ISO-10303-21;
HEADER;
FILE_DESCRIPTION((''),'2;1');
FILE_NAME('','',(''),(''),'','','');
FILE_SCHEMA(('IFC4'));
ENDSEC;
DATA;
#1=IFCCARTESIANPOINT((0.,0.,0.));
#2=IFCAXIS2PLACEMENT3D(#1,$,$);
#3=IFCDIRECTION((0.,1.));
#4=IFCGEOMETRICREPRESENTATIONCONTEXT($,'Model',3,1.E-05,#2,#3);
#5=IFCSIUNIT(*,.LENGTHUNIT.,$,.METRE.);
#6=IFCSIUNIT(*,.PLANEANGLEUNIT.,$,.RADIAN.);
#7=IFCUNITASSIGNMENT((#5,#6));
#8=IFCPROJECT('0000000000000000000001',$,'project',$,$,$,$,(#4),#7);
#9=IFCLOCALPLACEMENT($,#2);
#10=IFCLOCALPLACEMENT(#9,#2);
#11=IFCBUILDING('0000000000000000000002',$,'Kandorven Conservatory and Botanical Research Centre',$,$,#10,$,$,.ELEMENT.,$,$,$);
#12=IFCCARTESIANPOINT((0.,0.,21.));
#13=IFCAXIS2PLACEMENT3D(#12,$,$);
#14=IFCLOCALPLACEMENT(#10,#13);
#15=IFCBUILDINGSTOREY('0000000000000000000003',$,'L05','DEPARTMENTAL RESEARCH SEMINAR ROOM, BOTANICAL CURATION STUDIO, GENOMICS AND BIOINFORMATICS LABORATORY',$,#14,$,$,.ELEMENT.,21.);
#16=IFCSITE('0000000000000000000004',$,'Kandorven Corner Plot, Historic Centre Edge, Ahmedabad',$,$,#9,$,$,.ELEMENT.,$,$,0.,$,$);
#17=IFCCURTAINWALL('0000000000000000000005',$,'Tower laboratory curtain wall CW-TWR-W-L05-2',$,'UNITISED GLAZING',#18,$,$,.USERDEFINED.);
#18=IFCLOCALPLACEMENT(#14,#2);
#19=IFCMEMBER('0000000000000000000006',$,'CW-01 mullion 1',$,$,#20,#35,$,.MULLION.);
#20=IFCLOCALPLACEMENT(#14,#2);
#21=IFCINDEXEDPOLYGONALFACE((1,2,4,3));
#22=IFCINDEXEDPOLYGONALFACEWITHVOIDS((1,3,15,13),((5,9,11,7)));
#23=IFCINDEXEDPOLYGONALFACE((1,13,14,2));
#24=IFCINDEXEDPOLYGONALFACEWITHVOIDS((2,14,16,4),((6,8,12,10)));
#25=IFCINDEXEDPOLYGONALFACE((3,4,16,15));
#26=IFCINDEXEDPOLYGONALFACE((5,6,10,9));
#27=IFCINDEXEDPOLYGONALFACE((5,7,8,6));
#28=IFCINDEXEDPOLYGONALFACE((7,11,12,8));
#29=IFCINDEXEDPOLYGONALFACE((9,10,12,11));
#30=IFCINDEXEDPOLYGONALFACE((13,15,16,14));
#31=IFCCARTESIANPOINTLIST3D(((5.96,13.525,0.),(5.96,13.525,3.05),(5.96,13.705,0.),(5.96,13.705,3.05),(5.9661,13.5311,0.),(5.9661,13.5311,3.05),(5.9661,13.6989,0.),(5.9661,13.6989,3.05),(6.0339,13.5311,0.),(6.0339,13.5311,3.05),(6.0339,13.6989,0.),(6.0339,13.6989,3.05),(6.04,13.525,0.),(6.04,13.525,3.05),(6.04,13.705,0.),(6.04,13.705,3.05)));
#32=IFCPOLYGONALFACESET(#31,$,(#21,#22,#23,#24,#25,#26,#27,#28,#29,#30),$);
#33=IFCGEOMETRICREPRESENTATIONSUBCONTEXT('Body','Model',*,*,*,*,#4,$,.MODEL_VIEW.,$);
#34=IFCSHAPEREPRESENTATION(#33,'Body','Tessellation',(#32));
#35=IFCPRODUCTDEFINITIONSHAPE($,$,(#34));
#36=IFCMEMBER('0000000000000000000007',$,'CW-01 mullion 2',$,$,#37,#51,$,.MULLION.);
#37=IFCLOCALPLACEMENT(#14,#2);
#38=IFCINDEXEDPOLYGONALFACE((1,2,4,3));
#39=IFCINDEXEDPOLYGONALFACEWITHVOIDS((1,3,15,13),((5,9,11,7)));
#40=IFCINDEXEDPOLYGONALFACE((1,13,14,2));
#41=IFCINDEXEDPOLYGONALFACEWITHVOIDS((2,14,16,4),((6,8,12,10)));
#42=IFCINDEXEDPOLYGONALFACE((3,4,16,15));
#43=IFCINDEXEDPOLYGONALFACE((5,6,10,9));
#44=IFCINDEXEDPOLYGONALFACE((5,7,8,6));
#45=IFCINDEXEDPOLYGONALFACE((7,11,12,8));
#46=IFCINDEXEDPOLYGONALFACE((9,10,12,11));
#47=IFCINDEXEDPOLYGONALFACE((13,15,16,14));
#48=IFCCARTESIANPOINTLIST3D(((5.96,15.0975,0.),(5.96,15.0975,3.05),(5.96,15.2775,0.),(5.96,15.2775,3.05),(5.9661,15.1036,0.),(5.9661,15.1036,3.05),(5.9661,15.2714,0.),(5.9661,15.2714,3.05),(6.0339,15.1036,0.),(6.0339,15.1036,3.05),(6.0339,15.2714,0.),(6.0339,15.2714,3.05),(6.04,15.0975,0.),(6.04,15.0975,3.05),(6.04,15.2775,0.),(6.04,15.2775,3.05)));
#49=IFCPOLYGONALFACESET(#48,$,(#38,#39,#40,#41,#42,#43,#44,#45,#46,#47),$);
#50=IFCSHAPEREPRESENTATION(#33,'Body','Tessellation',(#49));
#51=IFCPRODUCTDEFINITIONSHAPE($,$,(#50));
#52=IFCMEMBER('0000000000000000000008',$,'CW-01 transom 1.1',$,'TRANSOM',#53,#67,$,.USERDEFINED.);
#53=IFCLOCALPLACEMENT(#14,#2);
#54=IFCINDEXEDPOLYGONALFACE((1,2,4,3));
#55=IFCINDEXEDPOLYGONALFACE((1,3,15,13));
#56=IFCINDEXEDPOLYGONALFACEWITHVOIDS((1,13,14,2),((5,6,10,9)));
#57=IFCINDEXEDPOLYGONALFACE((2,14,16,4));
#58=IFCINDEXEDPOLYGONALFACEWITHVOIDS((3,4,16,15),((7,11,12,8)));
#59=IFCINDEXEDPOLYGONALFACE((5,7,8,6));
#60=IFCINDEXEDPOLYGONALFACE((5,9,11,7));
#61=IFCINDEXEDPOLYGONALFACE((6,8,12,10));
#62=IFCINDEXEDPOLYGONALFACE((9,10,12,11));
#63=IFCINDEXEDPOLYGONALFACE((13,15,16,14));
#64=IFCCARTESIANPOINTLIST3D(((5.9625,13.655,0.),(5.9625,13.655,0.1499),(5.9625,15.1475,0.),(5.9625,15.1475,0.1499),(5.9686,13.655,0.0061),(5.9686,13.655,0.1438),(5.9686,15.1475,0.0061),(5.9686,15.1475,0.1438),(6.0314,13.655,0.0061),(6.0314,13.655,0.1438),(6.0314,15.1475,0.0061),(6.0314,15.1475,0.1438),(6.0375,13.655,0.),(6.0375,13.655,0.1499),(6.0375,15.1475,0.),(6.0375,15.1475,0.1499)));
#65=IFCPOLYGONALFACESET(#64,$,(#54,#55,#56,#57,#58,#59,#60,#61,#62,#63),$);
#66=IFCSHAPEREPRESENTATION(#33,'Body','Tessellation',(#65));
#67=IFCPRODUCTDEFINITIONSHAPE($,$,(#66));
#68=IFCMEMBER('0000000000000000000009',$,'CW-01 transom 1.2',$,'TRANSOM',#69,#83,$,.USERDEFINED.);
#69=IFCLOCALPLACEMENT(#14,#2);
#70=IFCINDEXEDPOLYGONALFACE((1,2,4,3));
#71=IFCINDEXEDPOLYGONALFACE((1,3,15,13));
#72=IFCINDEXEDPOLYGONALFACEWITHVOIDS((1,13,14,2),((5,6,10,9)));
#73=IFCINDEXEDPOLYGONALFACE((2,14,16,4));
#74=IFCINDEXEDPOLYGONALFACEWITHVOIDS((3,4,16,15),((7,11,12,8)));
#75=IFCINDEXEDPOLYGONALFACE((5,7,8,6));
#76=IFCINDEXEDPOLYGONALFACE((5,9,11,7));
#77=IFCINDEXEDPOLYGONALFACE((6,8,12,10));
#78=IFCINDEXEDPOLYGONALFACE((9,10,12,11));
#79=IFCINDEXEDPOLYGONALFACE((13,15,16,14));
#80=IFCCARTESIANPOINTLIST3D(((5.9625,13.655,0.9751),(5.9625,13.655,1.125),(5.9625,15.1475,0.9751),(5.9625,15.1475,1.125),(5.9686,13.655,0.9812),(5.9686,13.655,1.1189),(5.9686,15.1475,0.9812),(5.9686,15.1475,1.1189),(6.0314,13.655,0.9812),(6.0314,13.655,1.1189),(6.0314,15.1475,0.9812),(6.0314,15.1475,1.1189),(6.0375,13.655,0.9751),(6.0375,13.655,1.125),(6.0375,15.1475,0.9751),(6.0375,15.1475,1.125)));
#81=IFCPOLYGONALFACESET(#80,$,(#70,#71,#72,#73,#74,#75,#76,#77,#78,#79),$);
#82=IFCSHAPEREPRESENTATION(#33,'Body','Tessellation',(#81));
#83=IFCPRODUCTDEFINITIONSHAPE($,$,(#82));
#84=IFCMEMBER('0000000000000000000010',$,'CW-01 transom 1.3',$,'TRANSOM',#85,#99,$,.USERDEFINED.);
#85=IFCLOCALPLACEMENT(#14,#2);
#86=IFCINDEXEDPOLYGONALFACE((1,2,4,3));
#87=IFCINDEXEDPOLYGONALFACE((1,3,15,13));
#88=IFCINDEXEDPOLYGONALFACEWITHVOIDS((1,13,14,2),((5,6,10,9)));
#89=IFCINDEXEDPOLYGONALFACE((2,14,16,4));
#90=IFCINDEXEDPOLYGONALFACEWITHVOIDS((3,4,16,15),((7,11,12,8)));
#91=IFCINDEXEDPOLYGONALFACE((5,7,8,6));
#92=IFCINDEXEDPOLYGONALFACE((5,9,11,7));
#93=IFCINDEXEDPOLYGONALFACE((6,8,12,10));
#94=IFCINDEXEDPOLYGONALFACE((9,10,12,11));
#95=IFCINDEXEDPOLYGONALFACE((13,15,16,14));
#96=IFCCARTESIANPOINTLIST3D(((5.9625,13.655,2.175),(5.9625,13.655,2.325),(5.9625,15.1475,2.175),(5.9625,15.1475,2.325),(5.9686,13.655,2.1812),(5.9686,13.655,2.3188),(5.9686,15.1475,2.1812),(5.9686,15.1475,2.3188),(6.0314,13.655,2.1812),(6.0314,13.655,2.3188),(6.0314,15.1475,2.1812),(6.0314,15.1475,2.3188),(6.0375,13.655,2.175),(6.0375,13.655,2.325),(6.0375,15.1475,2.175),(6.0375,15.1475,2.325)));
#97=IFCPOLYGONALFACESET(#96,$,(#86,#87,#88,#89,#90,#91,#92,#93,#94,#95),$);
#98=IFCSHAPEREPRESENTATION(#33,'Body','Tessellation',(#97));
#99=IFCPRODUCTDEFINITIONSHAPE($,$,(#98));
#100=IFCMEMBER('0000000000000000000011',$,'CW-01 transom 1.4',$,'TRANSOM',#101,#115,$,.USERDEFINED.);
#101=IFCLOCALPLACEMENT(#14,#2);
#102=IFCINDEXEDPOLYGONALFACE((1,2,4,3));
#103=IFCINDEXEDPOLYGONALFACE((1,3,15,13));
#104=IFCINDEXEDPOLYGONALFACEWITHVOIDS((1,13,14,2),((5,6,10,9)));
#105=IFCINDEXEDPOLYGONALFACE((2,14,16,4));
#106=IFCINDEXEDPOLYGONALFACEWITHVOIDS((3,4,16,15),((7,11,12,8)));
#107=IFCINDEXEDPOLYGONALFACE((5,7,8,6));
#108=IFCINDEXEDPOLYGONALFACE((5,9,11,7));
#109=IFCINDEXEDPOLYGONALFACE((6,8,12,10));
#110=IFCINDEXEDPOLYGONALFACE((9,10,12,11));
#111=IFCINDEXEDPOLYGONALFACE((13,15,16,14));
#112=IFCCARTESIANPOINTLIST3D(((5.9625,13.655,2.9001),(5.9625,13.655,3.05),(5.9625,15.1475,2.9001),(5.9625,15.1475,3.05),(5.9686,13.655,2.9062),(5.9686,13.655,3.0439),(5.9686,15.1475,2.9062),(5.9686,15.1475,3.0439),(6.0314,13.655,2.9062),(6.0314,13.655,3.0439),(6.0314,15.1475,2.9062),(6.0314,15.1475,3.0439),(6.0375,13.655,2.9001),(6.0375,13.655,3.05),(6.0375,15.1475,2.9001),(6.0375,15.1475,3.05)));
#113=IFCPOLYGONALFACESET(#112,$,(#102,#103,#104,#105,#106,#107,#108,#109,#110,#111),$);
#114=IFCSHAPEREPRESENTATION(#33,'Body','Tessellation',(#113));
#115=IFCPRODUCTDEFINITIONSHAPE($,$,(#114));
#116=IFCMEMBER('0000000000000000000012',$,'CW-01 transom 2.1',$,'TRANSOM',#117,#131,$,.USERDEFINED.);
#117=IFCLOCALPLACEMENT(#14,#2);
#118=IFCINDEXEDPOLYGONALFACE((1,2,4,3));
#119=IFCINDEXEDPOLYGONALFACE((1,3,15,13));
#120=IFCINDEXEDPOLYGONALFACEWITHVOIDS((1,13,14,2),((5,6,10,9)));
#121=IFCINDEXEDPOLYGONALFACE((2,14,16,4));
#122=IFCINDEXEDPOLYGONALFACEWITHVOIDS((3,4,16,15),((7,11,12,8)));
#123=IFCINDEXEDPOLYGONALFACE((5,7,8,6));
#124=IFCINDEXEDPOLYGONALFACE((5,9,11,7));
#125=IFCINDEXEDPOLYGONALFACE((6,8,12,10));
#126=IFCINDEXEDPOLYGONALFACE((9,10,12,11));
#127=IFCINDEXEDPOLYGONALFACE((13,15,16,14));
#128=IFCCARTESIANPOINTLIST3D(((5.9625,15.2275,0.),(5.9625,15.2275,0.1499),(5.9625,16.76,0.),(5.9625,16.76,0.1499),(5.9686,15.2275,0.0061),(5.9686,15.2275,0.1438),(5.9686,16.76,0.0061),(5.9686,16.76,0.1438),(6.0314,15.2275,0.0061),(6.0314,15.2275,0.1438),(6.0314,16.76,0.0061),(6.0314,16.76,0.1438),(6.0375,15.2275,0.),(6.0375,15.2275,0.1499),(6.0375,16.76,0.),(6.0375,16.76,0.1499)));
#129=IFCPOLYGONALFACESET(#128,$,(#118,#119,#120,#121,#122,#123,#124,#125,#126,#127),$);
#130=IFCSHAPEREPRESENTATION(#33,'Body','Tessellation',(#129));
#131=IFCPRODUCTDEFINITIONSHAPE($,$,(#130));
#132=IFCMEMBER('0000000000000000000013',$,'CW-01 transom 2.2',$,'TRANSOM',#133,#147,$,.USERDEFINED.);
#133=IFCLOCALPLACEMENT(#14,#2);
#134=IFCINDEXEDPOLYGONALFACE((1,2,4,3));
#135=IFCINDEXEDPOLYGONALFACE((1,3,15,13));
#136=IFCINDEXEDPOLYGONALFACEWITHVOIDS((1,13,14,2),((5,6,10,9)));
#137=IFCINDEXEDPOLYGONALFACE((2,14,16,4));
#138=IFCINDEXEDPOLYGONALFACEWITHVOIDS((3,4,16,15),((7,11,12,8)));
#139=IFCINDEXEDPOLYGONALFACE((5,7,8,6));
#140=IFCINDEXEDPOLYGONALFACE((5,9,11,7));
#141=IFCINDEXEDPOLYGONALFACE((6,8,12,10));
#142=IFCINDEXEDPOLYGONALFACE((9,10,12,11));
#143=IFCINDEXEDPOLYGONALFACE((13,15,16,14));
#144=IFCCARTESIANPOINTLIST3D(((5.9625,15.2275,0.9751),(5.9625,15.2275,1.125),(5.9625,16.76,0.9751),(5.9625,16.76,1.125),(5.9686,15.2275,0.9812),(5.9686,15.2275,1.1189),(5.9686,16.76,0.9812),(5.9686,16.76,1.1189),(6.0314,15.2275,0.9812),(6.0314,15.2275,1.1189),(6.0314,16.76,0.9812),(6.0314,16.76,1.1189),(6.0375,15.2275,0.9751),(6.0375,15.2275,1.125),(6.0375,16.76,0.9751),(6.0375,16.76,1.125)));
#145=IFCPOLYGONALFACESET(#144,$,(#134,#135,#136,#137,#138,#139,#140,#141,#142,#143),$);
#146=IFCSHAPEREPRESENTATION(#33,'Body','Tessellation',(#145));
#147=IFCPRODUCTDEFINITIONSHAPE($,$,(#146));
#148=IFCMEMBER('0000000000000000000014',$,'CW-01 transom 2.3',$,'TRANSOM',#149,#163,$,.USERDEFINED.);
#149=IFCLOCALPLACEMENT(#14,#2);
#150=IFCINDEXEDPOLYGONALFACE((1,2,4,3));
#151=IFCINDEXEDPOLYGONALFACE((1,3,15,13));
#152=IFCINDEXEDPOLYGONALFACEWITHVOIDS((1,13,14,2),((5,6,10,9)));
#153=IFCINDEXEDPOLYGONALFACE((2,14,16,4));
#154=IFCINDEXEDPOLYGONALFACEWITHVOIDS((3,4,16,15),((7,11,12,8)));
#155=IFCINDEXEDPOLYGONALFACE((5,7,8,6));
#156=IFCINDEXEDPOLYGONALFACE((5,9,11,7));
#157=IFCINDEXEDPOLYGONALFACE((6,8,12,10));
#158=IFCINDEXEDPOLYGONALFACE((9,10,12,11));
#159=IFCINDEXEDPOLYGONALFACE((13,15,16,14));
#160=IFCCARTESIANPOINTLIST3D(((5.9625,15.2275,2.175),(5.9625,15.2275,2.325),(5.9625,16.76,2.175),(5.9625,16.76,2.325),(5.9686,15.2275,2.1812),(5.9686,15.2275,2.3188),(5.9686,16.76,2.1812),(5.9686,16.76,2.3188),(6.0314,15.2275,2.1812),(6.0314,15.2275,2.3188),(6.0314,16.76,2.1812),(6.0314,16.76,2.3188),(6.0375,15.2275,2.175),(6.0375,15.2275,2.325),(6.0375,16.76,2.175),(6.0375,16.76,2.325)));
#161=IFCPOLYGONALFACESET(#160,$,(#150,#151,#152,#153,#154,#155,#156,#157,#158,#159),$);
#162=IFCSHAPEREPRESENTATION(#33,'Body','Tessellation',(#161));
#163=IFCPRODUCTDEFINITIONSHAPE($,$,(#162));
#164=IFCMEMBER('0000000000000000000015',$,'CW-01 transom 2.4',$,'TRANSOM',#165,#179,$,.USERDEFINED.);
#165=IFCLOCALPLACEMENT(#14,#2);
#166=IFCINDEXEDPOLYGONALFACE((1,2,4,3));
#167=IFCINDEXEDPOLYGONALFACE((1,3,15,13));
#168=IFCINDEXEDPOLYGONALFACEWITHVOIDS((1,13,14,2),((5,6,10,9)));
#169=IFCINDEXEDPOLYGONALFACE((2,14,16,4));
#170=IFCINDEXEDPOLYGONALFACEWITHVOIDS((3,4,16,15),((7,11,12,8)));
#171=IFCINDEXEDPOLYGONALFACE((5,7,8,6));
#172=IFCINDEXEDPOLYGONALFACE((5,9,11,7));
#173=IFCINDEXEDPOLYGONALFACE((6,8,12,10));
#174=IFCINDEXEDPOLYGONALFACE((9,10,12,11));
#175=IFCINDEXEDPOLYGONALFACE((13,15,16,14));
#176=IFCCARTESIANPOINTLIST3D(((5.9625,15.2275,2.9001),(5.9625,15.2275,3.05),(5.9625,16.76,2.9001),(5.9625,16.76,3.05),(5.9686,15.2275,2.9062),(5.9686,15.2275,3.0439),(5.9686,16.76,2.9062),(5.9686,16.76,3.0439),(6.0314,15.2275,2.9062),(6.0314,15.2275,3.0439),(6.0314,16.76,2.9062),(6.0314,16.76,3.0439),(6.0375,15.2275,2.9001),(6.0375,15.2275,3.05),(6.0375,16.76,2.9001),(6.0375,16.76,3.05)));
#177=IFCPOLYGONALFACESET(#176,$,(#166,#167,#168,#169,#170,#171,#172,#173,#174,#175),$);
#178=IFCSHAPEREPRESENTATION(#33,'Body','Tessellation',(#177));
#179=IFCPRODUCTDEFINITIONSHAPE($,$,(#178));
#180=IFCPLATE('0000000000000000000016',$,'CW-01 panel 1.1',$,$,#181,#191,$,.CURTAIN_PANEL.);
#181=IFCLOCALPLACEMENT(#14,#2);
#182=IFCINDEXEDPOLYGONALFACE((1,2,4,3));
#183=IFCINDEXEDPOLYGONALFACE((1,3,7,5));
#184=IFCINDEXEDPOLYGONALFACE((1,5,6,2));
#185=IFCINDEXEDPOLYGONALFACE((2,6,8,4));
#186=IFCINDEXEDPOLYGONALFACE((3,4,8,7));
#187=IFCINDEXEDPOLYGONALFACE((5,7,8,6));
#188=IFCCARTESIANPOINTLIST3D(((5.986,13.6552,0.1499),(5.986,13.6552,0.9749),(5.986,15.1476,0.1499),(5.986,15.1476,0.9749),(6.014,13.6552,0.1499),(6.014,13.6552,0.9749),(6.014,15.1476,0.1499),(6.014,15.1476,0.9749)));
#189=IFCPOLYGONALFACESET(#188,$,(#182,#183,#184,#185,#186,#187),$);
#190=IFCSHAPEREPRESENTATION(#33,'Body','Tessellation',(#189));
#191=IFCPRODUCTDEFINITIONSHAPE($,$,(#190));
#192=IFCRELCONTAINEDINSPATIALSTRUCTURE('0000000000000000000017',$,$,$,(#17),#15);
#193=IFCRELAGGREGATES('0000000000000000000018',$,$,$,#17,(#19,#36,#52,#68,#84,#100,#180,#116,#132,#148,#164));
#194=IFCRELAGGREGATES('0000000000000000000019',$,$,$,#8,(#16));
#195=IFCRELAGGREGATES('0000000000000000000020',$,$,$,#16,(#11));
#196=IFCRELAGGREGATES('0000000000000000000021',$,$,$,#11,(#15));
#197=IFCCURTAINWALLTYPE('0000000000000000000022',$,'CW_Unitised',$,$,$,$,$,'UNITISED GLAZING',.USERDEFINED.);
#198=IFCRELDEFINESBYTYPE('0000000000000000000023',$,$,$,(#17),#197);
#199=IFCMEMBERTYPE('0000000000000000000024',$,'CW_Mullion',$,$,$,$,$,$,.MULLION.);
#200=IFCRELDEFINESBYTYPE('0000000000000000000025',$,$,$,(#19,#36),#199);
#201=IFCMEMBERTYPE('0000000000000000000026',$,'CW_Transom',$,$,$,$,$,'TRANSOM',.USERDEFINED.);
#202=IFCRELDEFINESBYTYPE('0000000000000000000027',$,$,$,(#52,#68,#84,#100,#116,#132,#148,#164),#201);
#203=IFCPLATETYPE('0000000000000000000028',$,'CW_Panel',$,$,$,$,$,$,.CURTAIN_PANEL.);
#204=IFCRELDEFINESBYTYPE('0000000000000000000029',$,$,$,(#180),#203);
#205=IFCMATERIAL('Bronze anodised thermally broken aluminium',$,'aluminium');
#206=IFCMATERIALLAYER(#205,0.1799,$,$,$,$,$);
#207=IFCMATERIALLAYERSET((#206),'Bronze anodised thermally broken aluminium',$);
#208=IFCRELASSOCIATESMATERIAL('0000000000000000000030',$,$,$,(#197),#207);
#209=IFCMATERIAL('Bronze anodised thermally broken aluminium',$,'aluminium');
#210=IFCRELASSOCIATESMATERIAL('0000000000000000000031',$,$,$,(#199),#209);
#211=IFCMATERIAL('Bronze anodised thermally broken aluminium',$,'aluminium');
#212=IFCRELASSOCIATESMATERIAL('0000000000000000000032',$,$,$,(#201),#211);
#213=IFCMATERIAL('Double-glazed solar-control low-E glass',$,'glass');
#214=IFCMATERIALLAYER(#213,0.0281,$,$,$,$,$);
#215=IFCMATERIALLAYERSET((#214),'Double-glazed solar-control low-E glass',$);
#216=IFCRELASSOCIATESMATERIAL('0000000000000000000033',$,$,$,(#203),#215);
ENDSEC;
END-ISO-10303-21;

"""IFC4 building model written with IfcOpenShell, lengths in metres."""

from ifc_helpers import new_model, si_unit, direction, frame, origin, origin_2d, place, context, subcontext, project, spatial, rectangle, hollow_rectangle, extrude, material, layer, layer_set, material_profile, profile_set, type_object, element, aggregate, save


model = new_model("IFC4")

# Units and contexts
model_context = context("Model", 3, precision=1e-05, world=origin(), true_north=direction((0.0, 1.0)))
body_context = subcontext(model_context, "Body", "Model", "MODEL_VIEW")
ifc_project = project(units=[si_unit("LENGTHUNIT", "METRE"), si_unit("PLANEANGLEUNIT", "RADIAN")], contexts=[model_context])

# Site, building, storey
site_placement = place(None, origin())
site = spatial("IfcSite", under=ifc_project, at=site_placement, Name="Kandorven Corner Plot, Historic Centre Edge, Ahmedabad", CompositionType="ELEMENT", RefElevation=0.0)
building_placement = place(site_placement, origin())
building = spatial("IfcBuilding", under=site, at=building_placement, Name="Kandorven Conservatory and Botanical Research Centre", CompositionType="ELEMENT")
storey_placement = place(building_placement, frame((0.0, 0.0, 21.0)))
storey = spatial("IfcBuildingStorey", under=building, at=storey_placement, Name="L05", Description="DEPARTMENTAL RESEARCH SEMINAR ROOM, BOTANICAL CURATION STUDIO, GENOMICS AND BIOINFORMATICS LABORATORY", CompositionType="ELEMENT", Elevation=21.0)

# Curtain wall, members, plate
ifc_material_1 = material(Name="Bronze anodised thermally broken aluminium", Category="aluminium")
ifc_layer_1 = layer(ifc_material_1, 0.1799)
ifc_layer_set_1 = layer_set([ifc_layer_1], Name="Bronze anodised thermally broken aluminium")
curtain_wall_type = type_object("IfcCurtainWallType", Name="CW_Unitised", ElementType="UNITISED GLAZING", PredefinedType="USERDEFINED", material=ifc_layer_set_1)
curtain_wall_placement = place(storey_placement, origin())
curtain_wall = element("IfcCurtainWall", 1, at=curtain_wall_placement, inside=storey, type_object=curtain_wall_type, Name="Tower laboratory curtain wall CW-TWR-W-L05-2", ObjectType="UNITISED GLAZING", PredefinedType="USERDEFINED")
ifc_material_2 = material(Name="Bronze anodised thermally broken aluminium", Category="aluminium")
ifc_material_profile_1 = material_profile(ifc_material_2, hollow_rectangle(XDim=0.0801, YDim=0.1799, WallThickness=0.0061, at=origin_2d()))
ifc_profile_set_1 = profile_set([ifc_material_profile_1], Name="Bronze anodised thermally broken aluminium")
member_type_1 = type_object("IfcMemberType", Name="CW_Mullion", PredefinedType="MULLION", material=ifc_profile_set_1)
member_1_placement = place(storey_placement, frame((6.0, 13.615, 0.0), z_axis=(0.0, 0.0, 1.0), x_axis=(-1.0, 0.0, 0.0)))
member_1 = element("IfcMember", 2, at=member_1_placement, type_object=member_type_1, Name="CW-01 mullion 1", PredefinedType="MULLION", context=body_context, shape_type="SweptSolid", body=[
    extrude(hollow_rectangle(XDim=0.0801, YDim=0.1799, WallThickness=0.0061, at=origin_2d()), origin(), (0.0, 0.0, 1.0), 3.05),
])
member_2_placement = place(storey_placement, frame((6.0, 15.1875, 0.0), z_axis=(0.0, 0.0, 1.0), x_axis=(-1.0, 0.0, 0.0)))
member_2 = element("IfcMember", 3, at=member_2_placement, type_object=member_type_1, Name="CW-01 mullion 2", PredefinedType="MULLION", context=body_context, shape_type="SweptSolid", body=[
    extrude(hollow_rectangle(XDim=0.0801, YDim=0.1799, WallThickness=0.0061, at=origin_2d()), origin(), (0.0, 0.0, 1.0), 3.05),
])
ifc_material_3 = material(Name="Bronze anodised thermally broken aluminium", Category="aluminium")
ifc_material_profile_2 = material_profile(ifc_material_3, hollow_rectangle(XDim=0.075, YDim=0.1499, WallThickness=0.0061, at=origin_2d()))
ifc_profile_set_2 = profile_set([ifc_material_profile_2], Name="Bronze anodised thermally broken aluminium")
member_type_2 = type_object("IfcMemberType", Name="CW_Transom", ElementType="TRANSOM", PredefinedType="USERDEFINED", material=ifc_profile_set_2)
member_3_placement = place(storey_placement, frame((6.0, 13.655, 0.075), z_axis=(0.0, 1.0, 0.0), x_axis=(-1.0, 0.0, 0.0)))
member_3 = element("IfcMember", 4, at=member_3_placement, type_object=member_type_2, Name="CW-01 transom 1.1", ObjectType="TRANSOM", PredefinedType="USERDEFINED", context=body_context, shape_type="SweptSolid", body=[
    extrude(hollow_rectangle(XDim=0.075, YDim=0.1499, WallThickness=0.0061, at=origin_2d()), origin(), (0.0, 0.0, 1.0), 1.4924),
])
member_4_placement = place(storey_placement, frame((6.0, 13.655, 1.05), z_axis=(0.0, 1.0, 0.0), x_axis=(-1.0, 0.0, 0.0)))
member_4 = element("IfcMember", 5, at=member_4_placement, type_object=member_type_2, Name="CW-01 transom 1.2", ObjectType="TRANSOM", PredefinedType="USERDEFINED", context=body_context, shape_type="SweptSolid", body=[
    extrude(hollow_rectangle(XDim=0.075, YDim=0.1499, WallThickness=0.0061, at=origin_2d()), origin(), (0.0, 0.0, 1.0), 1.4924),
])
member_5_placement = place(storey_placement, frame((6.0, 13.655, 2.25), z_axis=(0.0, 1.0, 0.0), x_axis=(-1.0, 0.0, 0.0)))
member_5 = element("IfcMember", 6, at=member_5_placement, type_object=member_type_2, Name="CW-01 transom 1.3", ObjectType="TRANSOM", PredefinedType="USERDEFINED", context=body_context, shape_type="SweptSolid", body=[
    extrude(hollow_rectangle(XDim=0.075, YDim=0.1499, WallThickness=0.0061, at=origin_2d()), origin(), (0.0, 0.0, 1.0), 1.4924),
])
member_6_placement = place(storey_placement, frame((6.0, 13.655, 2.9751), z_axis=(0.0, 1.0, 0.0), x_axis=(-1.0, 0.0, 0.0)))
member_6 = element("IfcMember", 7, at=member_6_placement, type_object=member_type_2, Name="CW-01 transom 1.4", ObjectType="TRANSOM", PredefinedType="USERDEFINED", context=body_context, shape_type="SweptSolid", body=[
    extrude(hollow_rectangle(XDim=0.075, YDim=0.1499, WallThickness=0.0061, at=origin_2d()), origin(), (0.0, 0.0, 1.0), 1.4924),
])
member_7_placement = place(storey_placement, frame((6.0, 15.2275, 0.075), z_axis=(0.0, 1.0, 0.0), x_axis=(-1.0, 0.0, 0.0)))
member_7 = element("IfcMember", 8, at=member_7_placement, type_object=member_type_2, Name="CW-01 transom 2.1", ObjectType="TRANSOM", PredefinedType="USERDEFINED", context=body_context, shape_type="SweptSolid", body=[
    extrude(hollow_rectangle(XDim=0.075, YDim=0.1499, WallThickness=0.0061, at=origin_2d()), origin(), (0.0, 0.0, 1.0), 1.5325),
])
member_8_placement = place(storey_placement, frame((6.0, 15.2275, 1.05), z_axis=(0.0, 1.0, 0.0), x_axis=(-1.0, 0.0, 0.0)))
member_8 = element("IfcMember", 9, at=member_8_placement, type_object=member_type_2, Name="CW-01 transom 2.2", ObjectType="TRANSOM", PredefinedType="USERDEFINED", context=body_context, shape_type="SweptSolid", body=[
    extrude(hollow_rectangle(XDim=0.075, YDim=0.1499, WallThickness=0.0061, at=origin_2d()), origin(), (0.0, 0.0, 1.0), 1.5325),
])
member_9_placement = place(storey_placement, frame((6.0, 15.2275, 2.25), z_axis=(0.0, 1.0, 0.0), x_axis=(-1.0, 0.0, 0.0)))
member_9 = element("IfcMember", 10, at=member_9_placement, type_object=member_type_2, Name="CW-01 transom 2.3", ObjectType="TRANSOM", PredefinedType="USERDEFINED", context=body_context, shape_type="SweptSolid", body=[
    extrude(hollow_rectangle(XDim=0.075, YDim=0.1499, WallThickness=0.0061, at=origin_2d()), origin(), (0.0, 0.0, 1.0), 1.5325),
])
member_10_placement = place(storey_placement, frame((6.0, 15.2275, 2.9751), z_axis=(0.0, 1.0, 0.0), x_axis=(-1.0, 0.0, 0.0)))
member_10 = element("IfcMember", 11, at=member_10_placement, type_object=member_type_2, Name="CW-01 transom 2.4", ObjectType="TRANSOM", PredefinedType="USERDEFINED", context=body_context, shape_type="SweptSolid", body=[
    extrude(hollow_rectangle(XDim=0.075, YDim=0.1499, WallThickness=0.0061, at=origin_2d()), origin(), (0.0, 0.0, 1.0), 1.5325),
])
ifc_material_4 = material(Name="Double-glazed solar-control low-E glass", Category="glass")
ifc_layer_2 = layer(ifc_material_4, 0.0281)
ifc_layer_set_2 = layer_set([ifc_layer_2], Name="Double-glazed solar-control low-E glass")
plate_type = type_object("IfcPlateType", Name="CW_Panel", PredefinedType="CURTAIN_PANEL", material=ifc_layer_set_2)
plate_1_placement = place(storey_placement, frame((6.0, 14.4014, 0.1499), z_axis=(0.0, 0.0, 1.0), x_axis=(0.0, 1.0, 0.0)))
plate_1 = element("IfcPlate", 12, at=plate_1_placement, type_object=plate_type, Name="CW-01 panel 1.1", PredefinedType="CURTAIN_PANEL", context=body_context, shape_type="SweptSolid", body=[
    extrude(rectangle(XDim=1.4924, YDim=0.0281, at=origin_2d()), origin(), (0.0, 0.0, 1.0), 0.825),
])
aggregate(curtain_wall, [member_1, member_2, member_3, member_4, member_5, member_6, plate_1, member_7, member_8, member_9, member_10])

save(model, "model.ifc")
